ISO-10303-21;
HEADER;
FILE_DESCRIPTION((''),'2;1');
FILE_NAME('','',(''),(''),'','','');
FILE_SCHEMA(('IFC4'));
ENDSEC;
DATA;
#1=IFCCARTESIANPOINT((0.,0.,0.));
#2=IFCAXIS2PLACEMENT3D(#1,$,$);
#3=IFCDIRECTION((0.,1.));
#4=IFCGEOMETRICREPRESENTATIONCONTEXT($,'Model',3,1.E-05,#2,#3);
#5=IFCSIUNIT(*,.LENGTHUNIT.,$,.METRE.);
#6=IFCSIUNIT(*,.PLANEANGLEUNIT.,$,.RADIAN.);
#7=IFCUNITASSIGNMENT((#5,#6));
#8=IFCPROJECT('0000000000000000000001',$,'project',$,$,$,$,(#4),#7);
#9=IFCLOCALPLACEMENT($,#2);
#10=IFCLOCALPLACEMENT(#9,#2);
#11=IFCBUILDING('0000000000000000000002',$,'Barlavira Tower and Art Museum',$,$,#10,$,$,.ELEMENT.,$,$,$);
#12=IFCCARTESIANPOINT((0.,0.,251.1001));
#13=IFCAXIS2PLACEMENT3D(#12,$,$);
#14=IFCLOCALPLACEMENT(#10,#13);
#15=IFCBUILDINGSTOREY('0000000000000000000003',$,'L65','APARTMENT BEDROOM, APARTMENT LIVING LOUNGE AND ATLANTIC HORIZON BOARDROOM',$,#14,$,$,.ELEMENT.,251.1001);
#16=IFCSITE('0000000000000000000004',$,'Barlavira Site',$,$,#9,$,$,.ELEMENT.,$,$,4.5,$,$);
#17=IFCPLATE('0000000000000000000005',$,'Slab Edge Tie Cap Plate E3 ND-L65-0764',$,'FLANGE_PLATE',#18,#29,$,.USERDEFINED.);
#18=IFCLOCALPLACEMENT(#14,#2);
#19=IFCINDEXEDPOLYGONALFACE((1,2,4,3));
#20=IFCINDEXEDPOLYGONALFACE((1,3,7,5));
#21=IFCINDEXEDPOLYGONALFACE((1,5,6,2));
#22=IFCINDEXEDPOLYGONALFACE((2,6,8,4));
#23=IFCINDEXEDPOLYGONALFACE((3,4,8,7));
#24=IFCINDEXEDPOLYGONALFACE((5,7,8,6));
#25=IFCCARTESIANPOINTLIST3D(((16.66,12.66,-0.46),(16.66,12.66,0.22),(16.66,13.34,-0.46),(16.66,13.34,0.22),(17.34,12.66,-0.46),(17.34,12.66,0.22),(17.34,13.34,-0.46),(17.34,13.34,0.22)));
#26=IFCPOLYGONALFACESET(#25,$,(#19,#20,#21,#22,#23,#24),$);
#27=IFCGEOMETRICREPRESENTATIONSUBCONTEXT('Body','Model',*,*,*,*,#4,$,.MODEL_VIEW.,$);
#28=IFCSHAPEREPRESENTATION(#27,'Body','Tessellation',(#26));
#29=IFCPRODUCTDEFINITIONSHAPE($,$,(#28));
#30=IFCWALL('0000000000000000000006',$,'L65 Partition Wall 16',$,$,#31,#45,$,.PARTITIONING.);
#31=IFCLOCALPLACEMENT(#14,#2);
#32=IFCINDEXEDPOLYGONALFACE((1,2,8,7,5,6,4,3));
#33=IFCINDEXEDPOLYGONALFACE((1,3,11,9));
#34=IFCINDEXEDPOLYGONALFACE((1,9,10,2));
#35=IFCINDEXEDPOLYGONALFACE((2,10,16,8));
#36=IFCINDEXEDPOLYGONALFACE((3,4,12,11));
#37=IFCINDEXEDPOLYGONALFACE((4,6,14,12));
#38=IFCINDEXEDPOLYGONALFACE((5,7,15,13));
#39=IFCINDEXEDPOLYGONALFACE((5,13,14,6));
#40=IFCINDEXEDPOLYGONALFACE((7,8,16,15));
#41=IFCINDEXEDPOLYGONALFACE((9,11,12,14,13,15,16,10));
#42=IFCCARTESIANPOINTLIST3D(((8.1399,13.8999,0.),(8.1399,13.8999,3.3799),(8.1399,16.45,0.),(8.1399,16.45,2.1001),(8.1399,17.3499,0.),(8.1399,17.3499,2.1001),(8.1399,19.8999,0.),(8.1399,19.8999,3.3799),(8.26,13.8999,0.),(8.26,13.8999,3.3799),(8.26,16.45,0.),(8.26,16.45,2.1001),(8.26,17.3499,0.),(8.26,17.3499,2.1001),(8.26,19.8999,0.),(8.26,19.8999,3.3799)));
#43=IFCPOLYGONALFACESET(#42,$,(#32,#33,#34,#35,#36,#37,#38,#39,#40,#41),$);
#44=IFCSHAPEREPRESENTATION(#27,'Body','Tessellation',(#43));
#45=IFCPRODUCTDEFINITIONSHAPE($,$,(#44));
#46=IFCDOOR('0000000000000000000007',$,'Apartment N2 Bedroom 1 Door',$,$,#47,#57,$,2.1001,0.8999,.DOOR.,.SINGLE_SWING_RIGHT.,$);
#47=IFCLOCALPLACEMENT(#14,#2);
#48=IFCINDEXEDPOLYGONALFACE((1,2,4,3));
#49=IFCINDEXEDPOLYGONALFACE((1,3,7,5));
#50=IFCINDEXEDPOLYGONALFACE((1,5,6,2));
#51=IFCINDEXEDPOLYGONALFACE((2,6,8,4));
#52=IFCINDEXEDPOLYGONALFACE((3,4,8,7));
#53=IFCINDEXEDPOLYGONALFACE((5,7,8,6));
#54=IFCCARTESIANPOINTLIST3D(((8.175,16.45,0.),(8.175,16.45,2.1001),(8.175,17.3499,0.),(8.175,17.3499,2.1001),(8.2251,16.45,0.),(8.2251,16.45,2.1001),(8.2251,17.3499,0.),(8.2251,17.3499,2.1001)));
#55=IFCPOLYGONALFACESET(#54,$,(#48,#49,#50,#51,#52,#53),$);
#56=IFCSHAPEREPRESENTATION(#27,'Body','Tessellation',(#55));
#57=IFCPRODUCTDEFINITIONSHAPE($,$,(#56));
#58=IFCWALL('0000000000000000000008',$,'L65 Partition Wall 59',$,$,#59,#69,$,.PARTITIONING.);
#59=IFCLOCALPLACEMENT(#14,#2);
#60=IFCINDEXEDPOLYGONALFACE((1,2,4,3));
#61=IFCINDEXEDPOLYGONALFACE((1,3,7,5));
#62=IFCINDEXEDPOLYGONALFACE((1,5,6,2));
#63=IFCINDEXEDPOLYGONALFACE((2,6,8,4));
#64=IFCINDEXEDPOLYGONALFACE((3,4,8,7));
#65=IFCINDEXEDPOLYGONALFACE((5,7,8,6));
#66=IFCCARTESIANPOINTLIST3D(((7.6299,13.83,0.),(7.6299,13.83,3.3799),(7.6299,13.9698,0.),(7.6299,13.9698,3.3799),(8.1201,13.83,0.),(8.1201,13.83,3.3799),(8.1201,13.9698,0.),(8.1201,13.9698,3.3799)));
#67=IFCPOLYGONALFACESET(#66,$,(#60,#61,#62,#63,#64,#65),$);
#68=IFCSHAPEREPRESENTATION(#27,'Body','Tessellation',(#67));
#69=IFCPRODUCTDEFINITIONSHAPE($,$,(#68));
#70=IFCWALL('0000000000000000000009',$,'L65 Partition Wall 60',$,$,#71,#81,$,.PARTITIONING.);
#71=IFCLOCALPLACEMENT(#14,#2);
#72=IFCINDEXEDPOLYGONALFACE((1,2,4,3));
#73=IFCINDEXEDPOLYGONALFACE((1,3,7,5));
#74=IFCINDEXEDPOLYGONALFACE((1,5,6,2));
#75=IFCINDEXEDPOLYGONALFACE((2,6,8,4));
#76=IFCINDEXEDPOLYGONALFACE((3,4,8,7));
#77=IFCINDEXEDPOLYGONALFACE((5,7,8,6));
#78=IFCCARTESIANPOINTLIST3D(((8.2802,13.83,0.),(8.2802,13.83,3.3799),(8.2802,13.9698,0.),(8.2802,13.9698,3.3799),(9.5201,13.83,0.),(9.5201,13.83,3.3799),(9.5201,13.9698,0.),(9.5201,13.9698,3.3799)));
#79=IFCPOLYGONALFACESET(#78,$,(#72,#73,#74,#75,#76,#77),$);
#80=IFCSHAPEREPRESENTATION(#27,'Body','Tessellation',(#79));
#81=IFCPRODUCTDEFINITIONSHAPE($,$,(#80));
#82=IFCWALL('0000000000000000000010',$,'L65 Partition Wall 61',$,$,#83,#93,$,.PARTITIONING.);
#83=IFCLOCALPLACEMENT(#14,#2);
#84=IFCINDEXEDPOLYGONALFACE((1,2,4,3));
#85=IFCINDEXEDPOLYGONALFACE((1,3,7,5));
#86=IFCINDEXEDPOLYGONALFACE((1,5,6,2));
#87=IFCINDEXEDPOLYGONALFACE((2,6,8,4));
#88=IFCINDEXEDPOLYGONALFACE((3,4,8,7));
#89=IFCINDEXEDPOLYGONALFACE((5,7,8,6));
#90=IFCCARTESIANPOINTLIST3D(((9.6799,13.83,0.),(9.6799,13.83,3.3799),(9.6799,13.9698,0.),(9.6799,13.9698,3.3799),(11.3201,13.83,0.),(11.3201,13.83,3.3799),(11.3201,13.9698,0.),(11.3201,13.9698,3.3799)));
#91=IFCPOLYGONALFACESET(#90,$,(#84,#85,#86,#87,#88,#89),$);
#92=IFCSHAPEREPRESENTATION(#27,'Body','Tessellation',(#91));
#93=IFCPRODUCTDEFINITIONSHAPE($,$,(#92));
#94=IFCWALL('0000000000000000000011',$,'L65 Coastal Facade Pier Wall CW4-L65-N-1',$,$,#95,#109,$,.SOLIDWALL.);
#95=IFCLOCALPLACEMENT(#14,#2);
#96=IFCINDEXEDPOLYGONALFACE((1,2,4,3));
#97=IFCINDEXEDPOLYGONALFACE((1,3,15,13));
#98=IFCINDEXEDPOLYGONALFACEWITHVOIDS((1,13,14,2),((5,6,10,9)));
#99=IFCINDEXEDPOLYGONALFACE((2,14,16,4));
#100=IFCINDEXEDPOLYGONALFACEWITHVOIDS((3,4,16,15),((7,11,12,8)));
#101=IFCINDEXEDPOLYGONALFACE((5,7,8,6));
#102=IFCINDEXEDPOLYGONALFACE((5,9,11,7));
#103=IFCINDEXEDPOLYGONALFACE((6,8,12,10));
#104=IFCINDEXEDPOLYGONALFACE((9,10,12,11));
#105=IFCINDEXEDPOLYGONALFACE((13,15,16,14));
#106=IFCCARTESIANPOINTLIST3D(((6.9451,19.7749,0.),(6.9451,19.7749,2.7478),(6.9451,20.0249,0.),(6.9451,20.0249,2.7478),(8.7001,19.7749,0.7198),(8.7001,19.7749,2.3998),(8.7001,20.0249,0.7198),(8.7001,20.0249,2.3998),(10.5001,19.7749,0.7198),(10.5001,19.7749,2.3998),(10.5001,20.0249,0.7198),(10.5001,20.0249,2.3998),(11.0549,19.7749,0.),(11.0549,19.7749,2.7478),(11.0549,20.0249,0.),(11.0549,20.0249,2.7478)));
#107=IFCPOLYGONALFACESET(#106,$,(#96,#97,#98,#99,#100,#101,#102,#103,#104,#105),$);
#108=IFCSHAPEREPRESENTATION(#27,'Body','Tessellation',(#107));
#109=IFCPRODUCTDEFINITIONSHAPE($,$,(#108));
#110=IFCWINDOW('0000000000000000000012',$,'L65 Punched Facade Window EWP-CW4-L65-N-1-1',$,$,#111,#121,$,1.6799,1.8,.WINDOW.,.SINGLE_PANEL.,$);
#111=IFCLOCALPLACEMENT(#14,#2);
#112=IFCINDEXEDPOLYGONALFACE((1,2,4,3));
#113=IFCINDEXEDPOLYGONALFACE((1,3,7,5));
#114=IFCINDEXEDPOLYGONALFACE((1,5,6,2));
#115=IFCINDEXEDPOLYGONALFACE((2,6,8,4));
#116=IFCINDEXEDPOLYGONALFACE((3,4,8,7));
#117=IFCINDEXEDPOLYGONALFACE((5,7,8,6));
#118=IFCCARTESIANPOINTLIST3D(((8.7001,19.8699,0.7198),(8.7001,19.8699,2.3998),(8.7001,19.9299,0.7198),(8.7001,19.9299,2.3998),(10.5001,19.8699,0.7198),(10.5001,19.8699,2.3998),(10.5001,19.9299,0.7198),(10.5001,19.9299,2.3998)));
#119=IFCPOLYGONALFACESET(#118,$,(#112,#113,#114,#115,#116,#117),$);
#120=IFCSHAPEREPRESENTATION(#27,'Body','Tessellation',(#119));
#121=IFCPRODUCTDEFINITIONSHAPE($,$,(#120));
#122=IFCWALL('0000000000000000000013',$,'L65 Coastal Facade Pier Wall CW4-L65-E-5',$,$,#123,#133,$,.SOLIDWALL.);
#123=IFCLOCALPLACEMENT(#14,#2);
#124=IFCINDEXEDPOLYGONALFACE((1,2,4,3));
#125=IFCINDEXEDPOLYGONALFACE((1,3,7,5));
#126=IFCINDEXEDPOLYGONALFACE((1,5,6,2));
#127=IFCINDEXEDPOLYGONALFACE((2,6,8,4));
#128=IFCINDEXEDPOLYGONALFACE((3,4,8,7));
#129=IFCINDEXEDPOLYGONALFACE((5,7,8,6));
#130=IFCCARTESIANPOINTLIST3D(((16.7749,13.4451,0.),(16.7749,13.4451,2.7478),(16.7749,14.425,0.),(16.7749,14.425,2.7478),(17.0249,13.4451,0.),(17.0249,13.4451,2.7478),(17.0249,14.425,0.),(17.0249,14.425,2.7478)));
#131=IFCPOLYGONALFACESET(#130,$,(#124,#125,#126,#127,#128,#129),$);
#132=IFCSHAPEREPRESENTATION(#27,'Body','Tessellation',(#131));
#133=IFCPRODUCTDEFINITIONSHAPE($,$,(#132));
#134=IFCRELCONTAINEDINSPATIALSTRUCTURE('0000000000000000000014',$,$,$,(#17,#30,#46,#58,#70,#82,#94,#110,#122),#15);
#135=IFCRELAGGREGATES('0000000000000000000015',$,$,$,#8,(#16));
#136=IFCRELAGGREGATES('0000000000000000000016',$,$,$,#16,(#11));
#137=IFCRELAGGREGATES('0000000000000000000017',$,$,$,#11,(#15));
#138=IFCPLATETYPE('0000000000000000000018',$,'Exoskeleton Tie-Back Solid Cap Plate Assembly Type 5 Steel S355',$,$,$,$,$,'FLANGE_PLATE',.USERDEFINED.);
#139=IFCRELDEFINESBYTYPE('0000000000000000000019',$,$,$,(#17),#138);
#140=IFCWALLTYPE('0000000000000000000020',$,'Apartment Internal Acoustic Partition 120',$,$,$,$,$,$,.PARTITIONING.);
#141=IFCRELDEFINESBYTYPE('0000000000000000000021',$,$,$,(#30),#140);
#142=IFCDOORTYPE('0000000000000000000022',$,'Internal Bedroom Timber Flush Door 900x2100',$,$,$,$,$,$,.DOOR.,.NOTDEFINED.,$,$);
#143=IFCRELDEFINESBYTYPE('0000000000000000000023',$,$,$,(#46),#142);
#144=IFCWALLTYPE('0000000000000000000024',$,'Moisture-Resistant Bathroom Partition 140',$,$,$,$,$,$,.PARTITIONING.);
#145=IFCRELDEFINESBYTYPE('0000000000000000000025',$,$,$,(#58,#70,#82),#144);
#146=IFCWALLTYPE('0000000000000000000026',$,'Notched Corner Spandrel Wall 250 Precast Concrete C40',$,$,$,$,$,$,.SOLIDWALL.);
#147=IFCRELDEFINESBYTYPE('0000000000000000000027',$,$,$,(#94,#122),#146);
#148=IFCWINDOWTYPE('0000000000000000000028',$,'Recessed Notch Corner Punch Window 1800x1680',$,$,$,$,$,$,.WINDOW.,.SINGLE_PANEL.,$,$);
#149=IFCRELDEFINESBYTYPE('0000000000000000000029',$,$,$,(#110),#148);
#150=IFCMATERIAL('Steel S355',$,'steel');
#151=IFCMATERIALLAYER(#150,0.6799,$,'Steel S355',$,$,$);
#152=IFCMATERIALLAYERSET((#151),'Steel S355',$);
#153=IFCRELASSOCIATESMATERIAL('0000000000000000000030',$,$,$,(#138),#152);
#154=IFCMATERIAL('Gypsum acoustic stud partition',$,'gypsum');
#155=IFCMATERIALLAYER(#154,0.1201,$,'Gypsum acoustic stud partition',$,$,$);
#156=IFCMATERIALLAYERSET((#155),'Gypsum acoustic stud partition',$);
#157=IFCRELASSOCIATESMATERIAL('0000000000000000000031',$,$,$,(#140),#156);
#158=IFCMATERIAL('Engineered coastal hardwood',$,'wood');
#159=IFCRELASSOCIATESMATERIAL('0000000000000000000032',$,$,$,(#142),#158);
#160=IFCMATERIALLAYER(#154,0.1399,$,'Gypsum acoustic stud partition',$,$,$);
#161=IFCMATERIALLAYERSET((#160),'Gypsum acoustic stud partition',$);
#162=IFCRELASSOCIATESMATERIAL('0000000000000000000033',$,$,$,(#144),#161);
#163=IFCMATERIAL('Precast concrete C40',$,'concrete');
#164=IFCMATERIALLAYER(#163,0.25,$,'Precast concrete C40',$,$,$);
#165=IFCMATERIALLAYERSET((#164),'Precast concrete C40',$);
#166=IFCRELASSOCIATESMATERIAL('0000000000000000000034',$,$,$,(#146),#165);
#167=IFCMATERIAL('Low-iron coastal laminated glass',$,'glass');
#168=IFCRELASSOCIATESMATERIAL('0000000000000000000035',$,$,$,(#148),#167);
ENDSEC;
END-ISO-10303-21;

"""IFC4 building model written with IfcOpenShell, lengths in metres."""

from ifc_helpers import new_model, si_unit, direction, frame, frame_2d, origin, origin_2d, place, context, subcontext, project, spatial, rectangle, extrude, material, layer, layer_set, type_object, element, fill, save


model = new_model("IFC4")

# Units and contexts
model_context = context("Model", 3, precision=1e-05, world=origin(), true_north=direction((0.0, 1.0)))
body_context = subcontext(model_context, "Body", "Model", "MODEL_VIEW")
ifc_project = project(units=[si_unit("LENGTHUNIT", "METRE"), si_unit("PLANEANGLEUNIT", "RADIAN")], contexts=[model_context])

# Site, building, storey
site_placement = place(None, origin())
site = spatial("IfcSite", under=ifc_project, at=site_placement, Name="Barlavira Site", CompositionType="ELEMENT", RefElevation=4.5)
building_placement = place(site_placement, origin())
building = spatial("IfcBuilding", under=site, at=building_placement, Name="Barlavira Tower and Art Museum", CompositionType="ELEMENT")
storey_placement = place(building_placement, frame((0.0, 0.0, 251.1001)))
storey = spatial("IfcBuildingStorey", under=building, at=storey_placement, Name="L65", Description="APARTMENT BEDROOM, APARTMENT LIVING LOUNGE AND ATLANTIC HORIZON BOARDROOM", CompositionType="ELEMENT", Elevation=251.1001)

# Shared definitions
ifc_material_1 = material(Name="Steel S355", Category="steel")

# Plate
ifc_layer_1 = layer(ifc_material_1, 0.6799, Name="Steel S355")
ifc_layer_set_1 = layer_set([ifc_layer_1], Name="Steel S355")
plate_type = type_object("IfcPlateType", Name="Exoskeleton Tie-Back Solid Cap Plate Assembly Type 5 Steel S355", ElementType="FLANGE_PLATE", PredefinedType="USERDEFINED", material=ifc_layer_set_1)
for number, where, z_axis, x_axis, name in (
    (1, (17.0, 13.0, -0.46), (0.0, 0.0, 1.0), (1.0, 0.0, 0.0), "Slab Edge Tie Cap Plate E3 ND-L65-0764"),
):
    element("IfcPlate", number, at=place(storey_placement, frame(where, z_axis=z_axis, x_axis=x_axis)), inside=storey, type_object=plate_type, Name=name, ObjectType="FLANGE_PLATE", PredefinedType="USERDEFINED", context=body_context, shape_type="SweptSolid", body=[
        extrude(rectangle(XDim=0.6799, YDim=0.6799, at=origin_2d()), origin(), (0.0, 0.0, 1.0), 0.6799),
    ])

# Wall, opening, door
ifc_material_2 = material(Name="Gypsum acoustic stud partition", Category="gypsum")
ifc_layer_2 = layer(ifc_material_2, 0.1201, Name="Gypsum acoustic stud partition")
ifc_layer_set_2 = layer_set([ifc_layer_2], Name="Gypsum acoustic stud partition")
wall_type_1 = type_object("IfcWallType", Name="Apartment Internal Acoustic Partition 120", PredefinedType="PARTITIONING", material=ifc_layer_set_2)
wall_1_placement = place(storey_placement, frame((8.2, 13.8999, 0.0), z_axis=(0.0, 0.0, 1.0), x_axis=(0.0, 1.0, 0.0)))
wall_1 = element("IfcWall", 2, at=wall_1_placement, inside=storey, type_object=wall_type_1, Name="L65 Partition Wall 16", PredefinedType="PARTITIONING", context=body_context, shape_type="SweptSolid", body=[
    extrude(rectangle(XDim=6.0, YDim=0.1201, at=frame_2d((3.0, 0.0))), origin(), (0.0, 0.0, 1.0), 3.3799),
])
opening_1_placement = place(wall_1_placement, frame((2.55, 0.0, 0.0)))
opening_1 = element("IfcOpeningElement", 3, at=opening_1_placement, cuts=wall_1, PredefinedType="OPENING", context=body_context, shape_type="SweptSolid", body=[
    extrude(rectangle(XDim=0.8999, YDim=2.1001, at=frame_2d((0.45, 1.05))), frame((0.0, 0.0701, 0.0), z_axis=(0.0, -1.0, 0.0), x_axis=(1.0, 0.0, 0.0)), (0.0, 0.0, 1.0), 0.1401),
])
ifc_material_3 = material(Name="Engineered coastal hardwood", Category="wood")
door_type = type_object("IfcDoorType", Name="Internal Bedroom Timber Flush Door 900x2100", OperationType="NOTDEFINED", PredefinedType="DOOR", material=ifc_material_3)
door_placement = place(opening_1_placement, origin())
door = element("IfcDoor", 4, at=door_placement, inside=storey, type_object=door_type, Name="Apartment N2 Bedroom 1 Door", OperationType="SINGLE_SWING_RIGHT", OverallHeight=2.1001, OverallWidth=0.8999, PredefinedType="DOOR", context=body_context, shape_type="SweptSolid", body=[
    extrude(rectangle(XDim=0.8999, YDim=2.1001, at=frame_2d((0.45, 1.05))), frame((0.0, 0.0249, 0.0), z_axis=(0.0, -1.0, 0.0), x_axis=(1.0, 0.0, 0.0)), (0.0, 0.0, 1.0), 0.05),
])
fill(opening_1, door)

# Walls
ifc_layer_3 = layer(ifc_material_2, 0.1399, Name="Gypsum acoustic stud partition")
ifc_layer_set_3 = layer_set([ifc_layer_3], Name="Gypsum acoustic stud partition")
wall_type_2 = type_object("IfcWallType", Name="Moisture-Resistant Bathroom Partition 140", PredefinedType="PARTITIONING", material=ifc_layer_set_3)
wall_2_placement = place(storey_placement, frame((7.6299, 13.8999, 0.0), z_axis=(0.0, 0.0, 1.0), x_axis=(1.0, 0.0, 0.0)))
element("IfcWall", 5, at=wall_2_placement, inside=storey, type_object=wall_type_2, Name="L65 Partition Wall 59", PredefinedType="PARTITIONING", context=body_context, shape_type="SweptSolid", body=[
    extrude(rectangle(XDim=0.4902, YDim=0.1399, at=frame_2d((0.2451, 0.0))), origin(), (0.0, 0.0, 1.0), 3.3799),
])
wall_3_placement = place(storey_placement, frame((8.28, 13.8999, 0.0), z_axis=(0.0, 0.0, 1.0), x_axis=(1.0, 0.0, 0.0)))
element("IfcWall", 6, at=wall_3_placement, inside=storey, type_object=wall_type_2, Name="L65 Partition Wall 60", PredefinedType="PARTITIONING", context=body_context, shape_type="SweptSolid", body=[
    extrude(rectangle(XDim=1.24, YDim=0.1399, at=frame_2d((0.6201, 0.0))), origin(), (0.0, 0.0, 1.0), 3.3799),
])
wall_4_placement = place(storey_placement, frame((9.6799, 13.8999, 0.0), z_axis=(0.0, 0.0, 1.0), x_axis=(1.0, 0.0, 0.0)))
element("IfcWall", 7, at=wall_4_placement, inside=storey, type_object=wall_type_2, Name="L65 Partition Wall 61", PredefinedType="PARTITIONING", context=body_context, shape_type="SweptSolid", body=[
    extrude(rectangle(XDim=1.6401, YDim=0.1399, at=frame_2d((0.8201, 0.0))), origin(), (0.0, 0.0, 1.0), 3.3799),
])

# Wall, opening, window
ifc_material_4 = material(Name="Precast concrete C40", Category="concrete")
ifc_layer_4 = layer(ifc_material_4, 0.25, Name="Precast concrete C40")
ifc_layer_set_4 = layer_set([ifc_layer_4], Name="Precast concrete C40")
wall_type_3 = type_object("IfcWallType", Name="Notched Corner Spandrel Wall 250 Precast Concrete C40", PredefinedType="SOLIDWALL", material=ifc_layer_set_4)
wall_5_placement = place(storey_placement, frame((11.0549, 19.8999, 0.0), z_axis=(0.0, 0.0, 1.0), x_axis=(-1.0, 0.0, 0.0)))
wall_5 = element("IfcWall", 8, at=wall_5_placement, inside=storey, type_object=wall_type_3, Name="L65 Coastal Facade Pier Wall CW4-L65-N-1", PredefinedType="SOLIDWALL", context=body_context, shape_type="SweptSolid", body=[
    extrude(rectangle(XDim=4.1099, YDim=0.25, at=frame_2d((2.0549, 0.0))), origin(), (0.0, 0.0, 1.0), 2.7478),
])
opening_2_placement = place(wall_5_placement, frame((0.5549, 0.0, 0.72)))
opening_2 = element("IfcOpeningElement", 9, at=opening_2_placement, cuts=wall_5, PredefinedType="OPENING", context=body_context, shape_type="SweptSolid", body=[
    extrude(rectangle(XDim=1.8, YDim=1.6799, at=frame_2d((0.8999, 0.8398))), frame((0.0, 0.135, 0.0), z_axis=(0.0, -1.0, 0.0), x_axis=(1.0, 0.0, 0.0)), (0.0, 0.0, 1.0), 0.27),
])
ifc_material_5 = material(Name="Low-iron coastal laminated glass", Category="glass")
window_type = type_object("IfcWindowType", Name="Recessed Notch Corner Punch Window 1800x1680", PartitioningType="SINGLE_PANEL", PredefinedType="WINDOW", material=ifc_material_5)
window_1_placement = place(opening_2_placement, origin())
window_1 = element("IfcWindow", 10, at=window_1_placement, inside=storey, type_object=window_type, Name="L65 Punched Facade Window EWP-CW4-L65-N-1-1", OverallHeight=1.6799, OverallWidth=1.8, PartitioningType="SINGLE_PANEL", PredefinedType="WINDOW", context=body_context, shape_type="SweptSolid", body=[
    extrude(rectangle(XDim=1.8, YDim=1.6799, at=frame_2d((0.8999, 0.8398))), frame((0.0, 0.03, 0.0), z_axis=(0.0, -1.0, 0.0), x_axis=(1.0, 0.0, 0.0)), (0.0, 0.0, 1.0), 0.0601),
])
fill(opening_2, window_1)

# Wall
wall_6_placement = place(storey_placement, frame((16.8999, 13.4451, 0.0), z_axis=(0.0, 0.0, 1.0), x_axis=(0.0, 1.0, 0.0)))
element("IfcWall", 11, at=wall_6_placement, inside=storey, type_object=wall_type_3, Name="L65 Coastal Facade Pier Wall CW4-L65-E-5", PredefinedType="SOLIDWALL", context=body_context, shape_type="SweptSolid", body=[
    extrude(rectangle(XDim=0.98, YDim=0.25, at=frame_2d((0.49, 0.0))), origin(), (0.0, 0.0, 1.0), 2.7478),
])

save(model, "model.ifc")
